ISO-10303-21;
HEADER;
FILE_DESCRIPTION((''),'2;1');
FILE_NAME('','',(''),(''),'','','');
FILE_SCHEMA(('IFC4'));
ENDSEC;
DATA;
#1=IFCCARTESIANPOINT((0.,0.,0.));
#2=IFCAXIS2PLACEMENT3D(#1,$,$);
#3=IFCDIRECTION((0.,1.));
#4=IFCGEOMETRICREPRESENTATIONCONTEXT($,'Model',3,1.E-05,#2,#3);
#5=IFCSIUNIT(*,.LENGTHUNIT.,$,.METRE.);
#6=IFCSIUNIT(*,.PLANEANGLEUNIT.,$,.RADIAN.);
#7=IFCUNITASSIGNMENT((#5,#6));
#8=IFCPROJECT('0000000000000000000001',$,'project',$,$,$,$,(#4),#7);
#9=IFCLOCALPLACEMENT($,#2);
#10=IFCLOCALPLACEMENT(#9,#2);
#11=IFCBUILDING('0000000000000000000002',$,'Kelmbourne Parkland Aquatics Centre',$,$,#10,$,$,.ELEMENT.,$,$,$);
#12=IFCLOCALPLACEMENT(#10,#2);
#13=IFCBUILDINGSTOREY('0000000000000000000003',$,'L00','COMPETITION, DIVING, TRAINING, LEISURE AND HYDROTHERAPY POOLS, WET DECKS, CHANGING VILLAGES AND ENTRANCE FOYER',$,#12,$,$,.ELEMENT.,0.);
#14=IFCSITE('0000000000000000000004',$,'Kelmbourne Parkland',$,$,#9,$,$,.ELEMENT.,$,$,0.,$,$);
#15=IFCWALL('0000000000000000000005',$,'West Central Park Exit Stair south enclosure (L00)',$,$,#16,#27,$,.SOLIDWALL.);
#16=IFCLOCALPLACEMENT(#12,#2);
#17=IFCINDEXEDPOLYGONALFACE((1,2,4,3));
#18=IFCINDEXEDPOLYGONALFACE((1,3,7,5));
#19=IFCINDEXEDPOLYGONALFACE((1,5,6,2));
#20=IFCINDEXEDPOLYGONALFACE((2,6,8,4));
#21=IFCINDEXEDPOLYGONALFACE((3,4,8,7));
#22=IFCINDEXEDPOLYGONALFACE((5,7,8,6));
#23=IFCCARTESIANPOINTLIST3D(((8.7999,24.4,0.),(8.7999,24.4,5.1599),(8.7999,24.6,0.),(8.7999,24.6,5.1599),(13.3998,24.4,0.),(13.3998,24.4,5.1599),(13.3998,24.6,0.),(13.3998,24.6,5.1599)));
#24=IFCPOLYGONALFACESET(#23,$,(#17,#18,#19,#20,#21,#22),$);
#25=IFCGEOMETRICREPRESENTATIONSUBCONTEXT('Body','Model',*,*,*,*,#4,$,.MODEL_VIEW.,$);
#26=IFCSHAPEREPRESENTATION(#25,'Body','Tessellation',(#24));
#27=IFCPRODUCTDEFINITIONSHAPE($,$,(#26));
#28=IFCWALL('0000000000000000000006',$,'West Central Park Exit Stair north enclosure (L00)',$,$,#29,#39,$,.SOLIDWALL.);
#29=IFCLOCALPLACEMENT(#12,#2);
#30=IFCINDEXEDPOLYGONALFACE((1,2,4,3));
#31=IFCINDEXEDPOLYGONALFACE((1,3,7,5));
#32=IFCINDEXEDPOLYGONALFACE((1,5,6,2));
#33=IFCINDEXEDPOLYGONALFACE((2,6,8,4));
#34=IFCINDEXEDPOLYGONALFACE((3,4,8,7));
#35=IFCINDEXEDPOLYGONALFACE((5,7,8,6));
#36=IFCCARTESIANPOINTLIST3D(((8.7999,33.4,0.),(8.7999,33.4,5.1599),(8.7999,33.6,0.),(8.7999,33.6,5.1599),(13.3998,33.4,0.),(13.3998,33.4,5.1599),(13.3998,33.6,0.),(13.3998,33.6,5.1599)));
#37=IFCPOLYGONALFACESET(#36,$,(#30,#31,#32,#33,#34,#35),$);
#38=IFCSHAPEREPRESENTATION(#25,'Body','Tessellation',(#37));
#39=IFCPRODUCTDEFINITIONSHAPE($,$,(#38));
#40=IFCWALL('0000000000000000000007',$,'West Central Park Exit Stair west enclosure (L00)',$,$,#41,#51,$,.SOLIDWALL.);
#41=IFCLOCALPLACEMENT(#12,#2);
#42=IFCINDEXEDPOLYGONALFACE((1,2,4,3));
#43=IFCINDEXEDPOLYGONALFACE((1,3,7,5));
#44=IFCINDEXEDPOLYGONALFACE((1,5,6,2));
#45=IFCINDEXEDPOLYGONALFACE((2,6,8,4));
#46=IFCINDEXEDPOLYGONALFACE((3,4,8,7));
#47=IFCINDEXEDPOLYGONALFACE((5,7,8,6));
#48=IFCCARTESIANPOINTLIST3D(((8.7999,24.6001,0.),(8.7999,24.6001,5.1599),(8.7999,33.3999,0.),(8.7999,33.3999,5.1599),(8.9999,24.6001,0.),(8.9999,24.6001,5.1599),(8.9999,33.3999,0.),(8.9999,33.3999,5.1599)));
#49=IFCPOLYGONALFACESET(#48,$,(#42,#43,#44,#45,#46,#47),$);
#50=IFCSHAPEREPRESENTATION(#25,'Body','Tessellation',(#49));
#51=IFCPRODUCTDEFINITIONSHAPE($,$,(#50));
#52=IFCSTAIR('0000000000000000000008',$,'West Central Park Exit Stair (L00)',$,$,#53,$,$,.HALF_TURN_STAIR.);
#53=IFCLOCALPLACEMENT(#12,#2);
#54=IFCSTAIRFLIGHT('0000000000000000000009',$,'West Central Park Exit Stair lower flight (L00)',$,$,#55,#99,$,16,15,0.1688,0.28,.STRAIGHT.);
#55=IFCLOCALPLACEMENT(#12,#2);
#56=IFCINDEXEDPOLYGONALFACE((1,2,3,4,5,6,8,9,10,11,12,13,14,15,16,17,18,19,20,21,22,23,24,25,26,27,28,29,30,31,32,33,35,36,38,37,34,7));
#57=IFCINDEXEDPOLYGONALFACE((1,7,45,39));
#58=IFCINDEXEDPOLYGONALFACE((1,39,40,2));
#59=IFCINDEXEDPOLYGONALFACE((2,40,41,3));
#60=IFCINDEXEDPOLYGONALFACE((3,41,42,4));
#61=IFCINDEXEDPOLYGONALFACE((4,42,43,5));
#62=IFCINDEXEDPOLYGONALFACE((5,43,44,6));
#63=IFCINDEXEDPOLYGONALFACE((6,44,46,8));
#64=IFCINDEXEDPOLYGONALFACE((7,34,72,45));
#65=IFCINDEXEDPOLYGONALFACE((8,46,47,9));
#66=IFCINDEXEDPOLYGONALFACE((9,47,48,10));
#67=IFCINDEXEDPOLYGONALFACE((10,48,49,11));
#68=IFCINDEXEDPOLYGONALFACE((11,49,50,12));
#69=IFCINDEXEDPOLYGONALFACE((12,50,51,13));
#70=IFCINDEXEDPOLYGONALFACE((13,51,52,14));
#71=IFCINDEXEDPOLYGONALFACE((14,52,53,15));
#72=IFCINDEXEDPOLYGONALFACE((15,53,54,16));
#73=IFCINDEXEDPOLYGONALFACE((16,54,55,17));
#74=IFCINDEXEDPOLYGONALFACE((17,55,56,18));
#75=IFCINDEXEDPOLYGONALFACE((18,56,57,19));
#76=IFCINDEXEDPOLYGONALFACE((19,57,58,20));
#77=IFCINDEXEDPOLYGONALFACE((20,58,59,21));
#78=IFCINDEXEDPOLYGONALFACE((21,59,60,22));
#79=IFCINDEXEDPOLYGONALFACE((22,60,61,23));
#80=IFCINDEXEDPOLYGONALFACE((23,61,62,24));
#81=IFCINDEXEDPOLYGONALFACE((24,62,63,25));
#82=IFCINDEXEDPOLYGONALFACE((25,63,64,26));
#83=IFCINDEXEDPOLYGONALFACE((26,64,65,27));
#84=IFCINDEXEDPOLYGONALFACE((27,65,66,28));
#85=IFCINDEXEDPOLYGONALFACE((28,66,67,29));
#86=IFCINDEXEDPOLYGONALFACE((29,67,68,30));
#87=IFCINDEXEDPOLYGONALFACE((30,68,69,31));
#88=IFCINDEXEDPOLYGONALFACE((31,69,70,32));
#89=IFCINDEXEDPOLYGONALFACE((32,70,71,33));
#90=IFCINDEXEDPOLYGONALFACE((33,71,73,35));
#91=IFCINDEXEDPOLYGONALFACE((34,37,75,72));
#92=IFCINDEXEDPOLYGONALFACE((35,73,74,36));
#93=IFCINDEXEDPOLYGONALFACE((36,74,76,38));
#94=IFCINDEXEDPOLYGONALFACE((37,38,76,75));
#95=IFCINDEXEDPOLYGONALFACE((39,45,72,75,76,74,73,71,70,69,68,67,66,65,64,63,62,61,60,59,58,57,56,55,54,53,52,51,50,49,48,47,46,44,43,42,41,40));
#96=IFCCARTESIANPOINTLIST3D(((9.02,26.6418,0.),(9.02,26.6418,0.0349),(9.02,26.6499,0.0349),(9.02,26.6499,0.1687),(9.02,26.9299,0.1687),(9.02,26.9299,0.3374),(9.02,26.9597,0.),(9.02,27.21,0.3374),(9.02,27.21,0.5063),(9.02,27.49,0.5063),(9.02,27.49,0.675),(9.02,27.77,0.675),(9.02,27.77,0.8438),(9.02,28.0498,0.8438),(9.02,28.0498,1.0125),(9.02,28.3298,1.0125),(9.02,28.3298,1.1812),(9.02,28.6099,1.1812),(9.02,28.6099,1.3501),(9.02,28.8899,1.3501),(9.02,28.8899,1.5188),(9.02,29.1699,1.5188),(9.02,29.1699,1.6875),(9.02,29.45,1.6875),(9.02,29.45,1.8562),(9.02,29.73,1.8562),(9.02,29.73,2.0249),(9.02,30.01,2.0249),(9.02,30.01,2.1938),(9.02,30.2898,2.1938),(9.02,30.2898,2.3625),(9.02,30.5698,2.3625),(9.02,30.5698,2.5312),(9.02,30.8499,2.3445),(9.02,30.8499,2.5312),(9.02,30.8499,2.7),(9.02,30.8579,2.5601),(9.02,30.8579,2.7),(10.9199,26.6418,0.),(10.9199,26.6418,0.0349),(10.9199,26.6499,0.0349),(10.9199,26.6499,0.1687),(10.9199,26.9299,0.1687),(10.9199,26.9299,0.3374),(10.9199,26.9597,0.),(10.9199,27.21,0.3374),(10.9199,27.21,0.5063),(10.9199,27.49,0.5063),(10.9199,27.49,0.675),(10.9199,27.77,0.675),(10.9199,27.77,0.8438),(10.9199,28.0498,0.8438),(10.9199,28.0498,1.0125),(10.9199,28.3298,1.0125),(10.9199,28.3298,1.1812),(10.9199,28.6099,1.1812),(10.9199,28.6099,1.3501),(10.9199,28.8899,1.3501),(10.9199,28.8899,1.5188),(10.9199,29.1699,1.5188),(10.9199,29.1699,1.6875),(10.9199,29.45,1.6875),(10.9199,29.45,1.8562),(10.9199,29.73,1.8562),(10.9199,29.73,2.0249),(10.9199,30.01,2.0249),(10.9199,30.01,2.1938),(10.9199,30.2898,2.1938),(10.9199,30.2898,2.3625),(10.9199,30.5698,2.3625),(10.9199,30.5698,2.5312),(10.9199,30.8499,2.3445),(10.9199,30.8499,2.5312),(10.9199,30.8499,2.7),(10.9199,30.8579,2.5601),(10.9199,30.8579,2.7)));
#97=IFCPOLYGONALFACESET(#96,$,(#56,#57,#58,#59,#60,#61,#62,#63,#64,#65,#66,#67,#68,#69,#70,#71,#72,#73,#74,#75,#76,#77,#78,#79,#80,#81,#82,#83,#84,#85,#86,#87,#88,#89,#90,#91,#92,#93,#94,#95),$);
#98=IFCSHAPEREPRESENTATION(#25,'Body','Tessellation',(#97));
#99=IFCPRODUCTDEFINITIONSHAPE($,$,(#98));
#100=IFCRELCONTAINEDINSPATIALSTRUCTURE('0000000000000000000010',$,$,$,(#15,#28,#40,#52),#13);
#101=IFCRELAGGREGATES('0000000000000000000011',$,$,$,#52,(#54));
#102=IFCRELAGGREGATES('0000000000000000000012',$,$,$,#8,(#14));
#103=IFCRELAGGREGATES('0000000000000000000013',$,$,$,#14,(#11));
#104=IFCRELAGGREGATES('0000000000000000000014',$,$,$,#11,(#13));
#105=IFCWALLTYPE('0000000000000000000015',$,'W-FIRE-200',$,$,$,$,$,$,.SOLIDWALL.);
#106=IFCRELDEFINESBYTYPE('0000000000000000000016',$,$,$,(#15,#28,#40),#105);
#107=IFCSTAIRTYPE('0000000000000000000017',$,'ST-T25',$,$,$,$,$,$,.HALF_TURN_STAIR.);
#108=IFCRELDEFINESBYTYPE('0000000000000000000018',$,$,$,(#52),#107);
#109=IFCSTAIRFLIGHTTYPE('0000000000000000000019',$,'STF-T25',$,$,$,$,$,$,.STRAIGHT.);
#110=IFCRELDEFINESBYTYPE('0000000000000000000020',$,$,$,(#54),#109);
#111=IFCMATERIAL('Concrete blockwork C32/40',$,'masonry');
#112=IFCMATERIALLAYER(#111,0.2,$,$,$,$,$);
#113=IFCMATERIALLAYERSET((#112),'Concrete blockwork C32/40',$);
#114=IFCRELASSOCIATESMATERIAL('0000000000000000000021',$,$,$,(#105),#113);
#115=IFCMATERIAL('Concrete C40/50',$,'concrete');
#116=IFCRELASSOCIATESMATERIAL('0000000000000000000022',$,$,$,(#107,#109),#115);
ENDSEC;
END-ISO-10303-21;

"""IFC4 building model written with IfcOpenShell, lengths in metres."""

from ifc_helpers import new_model, si_unit, direction, frame, frame_2d, origin, place, context, subcontext, project, spatial, polyline, rectangle, outline, extrude, material, layer, layer_set, type_object, element, aggregate, save


model = new_model("IFC4")

# Units and contexts
model_context = context("Model", 3, precision=1e-05, world=origin(), true_north=direction((0.0, 1.0)))
body_context = subcontext(model_context, "Body", "Model", "MODEL_VIEW")
ifc_project = project(units=[si_unit("LENGTHUNIT", "METRE"), si_unit("PLANEANGLEUNIT", "RADIAN")], contexts=[model_context])

# Site, building, storey
site_placement = place(None, origin())
site = spatial("IfcSite", under=ifc_project, at=site_placement, Name="Kelmbourne Parkland", CompositionType="ELEMENT", RefElevation=0.0)
building_placement = place(site_placement, origin())
building = spatial("IfcBuilding", under=site, at=building_placement, Name="Kelmbourne Parkland Aquatics Centre", CompositionType="ELEMENT")
storey_placement = place(building_placement, origin())
storey = spatial("IfcBuildingStorey", under=building, at=storey_placement, Name="L00", Description="COMPETITION, DIVING, TRAINING, LEISURE AND HYDROTHERAPY POOLS, WET DECKS, CHANGING VILLAGES AND ENTRANCE FOYER", CompositionType="ELEMENT", Elevation=0.0)

# Shared definitions
ifc_material_1 = material(Name="Concrete C40/50", Category="concrete")

# Walls
ifc_material_2 = material(Name="Concrete blockwork C32/40", Category="masonry")
ifc_layer_1 = layer(ifc_material_2, 0.2)
ifc_layer_set_1 = layer_set([ifc_layer_1], Name="Concrete blockwork C32/40")
wall_type_1 = type_object("IfcWallType", Name="W-FIRE-200", PredefinedType="SOLIDWALL", material=ifc_layer_set_1)
for number, where, z_axis, x_axis, name in (
    (1, (8.8, 24.5, 0.0), (0.0, 0.0, 1.0), (1.0, 0.0, 0.0), "West Central Park Exit Stair south enclosure (L00)"),
    (2, (8.8, 33.5, 0.0), (0.0, 0.0, 1.0), (1.0, 0.0, 0.0), "West Central Park Exit Stair north enclosure (L00)"),
):
    element("IfcWall", number, at=place(storey_placement, frame(where, z_axis=z_axis, x_axis=x_axis)), inside=storey, type_object=wall_type_1, Name=name, PredefinedType="SOLIDWALL", context=body_context, shape_type="SweptSolid", body=[
        extrude(rectangle(XDim=4.5999, YDim=0.2, at=frame_2d((2.2998, 0.0))), origin(), (0.0, 0.0, 1.0), 5.1599),
    ])
wall_1_placement = place(storey_placement, frame((8.8999, 24.6001, 0.0), z_axis=(0.0, 0.0, 1.0), x_axis=(0.0, 1.0, 0.0)))
element("IfcWall", 3, at=wall_1_placement, inside=storey, type_object=wall_type_1, Name="West Central Park Exit Stair west enclosure (L00)", PredefinedType="SOLIDWALL", context=body_context, shape_type="SweptSolid", body=[
    extrude(rectangle(XDim=8.7998, YDim=0.2, at=frame_2d((4.3999, 0.0))), origin(), (0.0, 0.0, 1.0), 5.1599),
])

# Stair, stair flight
stair_type = type_object("IfcStairType", Name="ST-T25", PredefinedType="HALF_TURN_STAIR", material=ifc_material_1)
stair_placement = place(storey_placement, origin())
stair = element("IfcStair", 4, at=stair_placement, inside=storey, type_object=stair_type, Name="West Central Park Exit Stair (L00)", PredefinedType="HALF_TURN_STAIR")
stair_flight_type = type_object("IfcStairFlightType", Name="STF-T25", PredefinedType="STRAIGHT", material=ifc_material_1)
stair_flight_placement = place(storey_placement, frame((9.97, 26.6499, 0.0), z_axis=(0.0, 0.0, 1.0), x_axis=(0.0, 1.0, 0.0)))
stair_flight = element("IfcStairFlight", 5, at=stair_flight_placement, type_object=stair_flight_type, Name="West Central Park Exit Stair lower flight (L00)", NumberOfRisers=16, NumberOfTreads=15, PredefinedType="STRAIGHT", RiserHeight=0.1688, TreadLength=0.28, context=body_context, shape_type="SweptSolid", body=[
    extrude(outline(polyline([(-0.0081, 0.0), (-0.0081, 0.0349), (0.0, 0.0349), (0.0, 0.1687), (0.28, 0.1687), (0.28, 0.3374), (0.5601, 0.3374), (0.5601, 0.5063), (0.8401, 0.5063), (0.8401, 0.675), (1.1201, 0.675), (1.1201, 0.8438), (1.3999, 0.8438), (1.3999, 1.0125), (1.6799, 1.0125), (1.6799, 1.1812), (1.96, 1.1812), (1.96, 1.3501), (2.24, 1.3501), (2.24, 1.5188), (2.52, 1.5188), (2.52, 1.6875), (2.8, 1.6875), (2.8, 1.8562), (3.0801, 1.8562), (3.0801, 2.0249), (3.3601, 2.0249), (3.3601, 2.1938), (3.6399, 2.1938), (3.6399, 2.3625), (3.9199, 2.3625), (3.9199, 2.5312), (4.2, 2.5312), (4.2, 2.7), (4.208, 2.7), (4.208, 2.5601), (4.2, 2.3445), (0.3098, 0.0), (-0.0081, 0.0)])), frame((0.0, 0.95, 0.0), z_axis=(0.0, -1.0, 0.0), x_axis=(1.0, 0.0, 0.0)), (0.0, 0.0, 1.0), 1.8999),
])
aggregate(stair, [stair_flight])

save(model, "model.ifc")
